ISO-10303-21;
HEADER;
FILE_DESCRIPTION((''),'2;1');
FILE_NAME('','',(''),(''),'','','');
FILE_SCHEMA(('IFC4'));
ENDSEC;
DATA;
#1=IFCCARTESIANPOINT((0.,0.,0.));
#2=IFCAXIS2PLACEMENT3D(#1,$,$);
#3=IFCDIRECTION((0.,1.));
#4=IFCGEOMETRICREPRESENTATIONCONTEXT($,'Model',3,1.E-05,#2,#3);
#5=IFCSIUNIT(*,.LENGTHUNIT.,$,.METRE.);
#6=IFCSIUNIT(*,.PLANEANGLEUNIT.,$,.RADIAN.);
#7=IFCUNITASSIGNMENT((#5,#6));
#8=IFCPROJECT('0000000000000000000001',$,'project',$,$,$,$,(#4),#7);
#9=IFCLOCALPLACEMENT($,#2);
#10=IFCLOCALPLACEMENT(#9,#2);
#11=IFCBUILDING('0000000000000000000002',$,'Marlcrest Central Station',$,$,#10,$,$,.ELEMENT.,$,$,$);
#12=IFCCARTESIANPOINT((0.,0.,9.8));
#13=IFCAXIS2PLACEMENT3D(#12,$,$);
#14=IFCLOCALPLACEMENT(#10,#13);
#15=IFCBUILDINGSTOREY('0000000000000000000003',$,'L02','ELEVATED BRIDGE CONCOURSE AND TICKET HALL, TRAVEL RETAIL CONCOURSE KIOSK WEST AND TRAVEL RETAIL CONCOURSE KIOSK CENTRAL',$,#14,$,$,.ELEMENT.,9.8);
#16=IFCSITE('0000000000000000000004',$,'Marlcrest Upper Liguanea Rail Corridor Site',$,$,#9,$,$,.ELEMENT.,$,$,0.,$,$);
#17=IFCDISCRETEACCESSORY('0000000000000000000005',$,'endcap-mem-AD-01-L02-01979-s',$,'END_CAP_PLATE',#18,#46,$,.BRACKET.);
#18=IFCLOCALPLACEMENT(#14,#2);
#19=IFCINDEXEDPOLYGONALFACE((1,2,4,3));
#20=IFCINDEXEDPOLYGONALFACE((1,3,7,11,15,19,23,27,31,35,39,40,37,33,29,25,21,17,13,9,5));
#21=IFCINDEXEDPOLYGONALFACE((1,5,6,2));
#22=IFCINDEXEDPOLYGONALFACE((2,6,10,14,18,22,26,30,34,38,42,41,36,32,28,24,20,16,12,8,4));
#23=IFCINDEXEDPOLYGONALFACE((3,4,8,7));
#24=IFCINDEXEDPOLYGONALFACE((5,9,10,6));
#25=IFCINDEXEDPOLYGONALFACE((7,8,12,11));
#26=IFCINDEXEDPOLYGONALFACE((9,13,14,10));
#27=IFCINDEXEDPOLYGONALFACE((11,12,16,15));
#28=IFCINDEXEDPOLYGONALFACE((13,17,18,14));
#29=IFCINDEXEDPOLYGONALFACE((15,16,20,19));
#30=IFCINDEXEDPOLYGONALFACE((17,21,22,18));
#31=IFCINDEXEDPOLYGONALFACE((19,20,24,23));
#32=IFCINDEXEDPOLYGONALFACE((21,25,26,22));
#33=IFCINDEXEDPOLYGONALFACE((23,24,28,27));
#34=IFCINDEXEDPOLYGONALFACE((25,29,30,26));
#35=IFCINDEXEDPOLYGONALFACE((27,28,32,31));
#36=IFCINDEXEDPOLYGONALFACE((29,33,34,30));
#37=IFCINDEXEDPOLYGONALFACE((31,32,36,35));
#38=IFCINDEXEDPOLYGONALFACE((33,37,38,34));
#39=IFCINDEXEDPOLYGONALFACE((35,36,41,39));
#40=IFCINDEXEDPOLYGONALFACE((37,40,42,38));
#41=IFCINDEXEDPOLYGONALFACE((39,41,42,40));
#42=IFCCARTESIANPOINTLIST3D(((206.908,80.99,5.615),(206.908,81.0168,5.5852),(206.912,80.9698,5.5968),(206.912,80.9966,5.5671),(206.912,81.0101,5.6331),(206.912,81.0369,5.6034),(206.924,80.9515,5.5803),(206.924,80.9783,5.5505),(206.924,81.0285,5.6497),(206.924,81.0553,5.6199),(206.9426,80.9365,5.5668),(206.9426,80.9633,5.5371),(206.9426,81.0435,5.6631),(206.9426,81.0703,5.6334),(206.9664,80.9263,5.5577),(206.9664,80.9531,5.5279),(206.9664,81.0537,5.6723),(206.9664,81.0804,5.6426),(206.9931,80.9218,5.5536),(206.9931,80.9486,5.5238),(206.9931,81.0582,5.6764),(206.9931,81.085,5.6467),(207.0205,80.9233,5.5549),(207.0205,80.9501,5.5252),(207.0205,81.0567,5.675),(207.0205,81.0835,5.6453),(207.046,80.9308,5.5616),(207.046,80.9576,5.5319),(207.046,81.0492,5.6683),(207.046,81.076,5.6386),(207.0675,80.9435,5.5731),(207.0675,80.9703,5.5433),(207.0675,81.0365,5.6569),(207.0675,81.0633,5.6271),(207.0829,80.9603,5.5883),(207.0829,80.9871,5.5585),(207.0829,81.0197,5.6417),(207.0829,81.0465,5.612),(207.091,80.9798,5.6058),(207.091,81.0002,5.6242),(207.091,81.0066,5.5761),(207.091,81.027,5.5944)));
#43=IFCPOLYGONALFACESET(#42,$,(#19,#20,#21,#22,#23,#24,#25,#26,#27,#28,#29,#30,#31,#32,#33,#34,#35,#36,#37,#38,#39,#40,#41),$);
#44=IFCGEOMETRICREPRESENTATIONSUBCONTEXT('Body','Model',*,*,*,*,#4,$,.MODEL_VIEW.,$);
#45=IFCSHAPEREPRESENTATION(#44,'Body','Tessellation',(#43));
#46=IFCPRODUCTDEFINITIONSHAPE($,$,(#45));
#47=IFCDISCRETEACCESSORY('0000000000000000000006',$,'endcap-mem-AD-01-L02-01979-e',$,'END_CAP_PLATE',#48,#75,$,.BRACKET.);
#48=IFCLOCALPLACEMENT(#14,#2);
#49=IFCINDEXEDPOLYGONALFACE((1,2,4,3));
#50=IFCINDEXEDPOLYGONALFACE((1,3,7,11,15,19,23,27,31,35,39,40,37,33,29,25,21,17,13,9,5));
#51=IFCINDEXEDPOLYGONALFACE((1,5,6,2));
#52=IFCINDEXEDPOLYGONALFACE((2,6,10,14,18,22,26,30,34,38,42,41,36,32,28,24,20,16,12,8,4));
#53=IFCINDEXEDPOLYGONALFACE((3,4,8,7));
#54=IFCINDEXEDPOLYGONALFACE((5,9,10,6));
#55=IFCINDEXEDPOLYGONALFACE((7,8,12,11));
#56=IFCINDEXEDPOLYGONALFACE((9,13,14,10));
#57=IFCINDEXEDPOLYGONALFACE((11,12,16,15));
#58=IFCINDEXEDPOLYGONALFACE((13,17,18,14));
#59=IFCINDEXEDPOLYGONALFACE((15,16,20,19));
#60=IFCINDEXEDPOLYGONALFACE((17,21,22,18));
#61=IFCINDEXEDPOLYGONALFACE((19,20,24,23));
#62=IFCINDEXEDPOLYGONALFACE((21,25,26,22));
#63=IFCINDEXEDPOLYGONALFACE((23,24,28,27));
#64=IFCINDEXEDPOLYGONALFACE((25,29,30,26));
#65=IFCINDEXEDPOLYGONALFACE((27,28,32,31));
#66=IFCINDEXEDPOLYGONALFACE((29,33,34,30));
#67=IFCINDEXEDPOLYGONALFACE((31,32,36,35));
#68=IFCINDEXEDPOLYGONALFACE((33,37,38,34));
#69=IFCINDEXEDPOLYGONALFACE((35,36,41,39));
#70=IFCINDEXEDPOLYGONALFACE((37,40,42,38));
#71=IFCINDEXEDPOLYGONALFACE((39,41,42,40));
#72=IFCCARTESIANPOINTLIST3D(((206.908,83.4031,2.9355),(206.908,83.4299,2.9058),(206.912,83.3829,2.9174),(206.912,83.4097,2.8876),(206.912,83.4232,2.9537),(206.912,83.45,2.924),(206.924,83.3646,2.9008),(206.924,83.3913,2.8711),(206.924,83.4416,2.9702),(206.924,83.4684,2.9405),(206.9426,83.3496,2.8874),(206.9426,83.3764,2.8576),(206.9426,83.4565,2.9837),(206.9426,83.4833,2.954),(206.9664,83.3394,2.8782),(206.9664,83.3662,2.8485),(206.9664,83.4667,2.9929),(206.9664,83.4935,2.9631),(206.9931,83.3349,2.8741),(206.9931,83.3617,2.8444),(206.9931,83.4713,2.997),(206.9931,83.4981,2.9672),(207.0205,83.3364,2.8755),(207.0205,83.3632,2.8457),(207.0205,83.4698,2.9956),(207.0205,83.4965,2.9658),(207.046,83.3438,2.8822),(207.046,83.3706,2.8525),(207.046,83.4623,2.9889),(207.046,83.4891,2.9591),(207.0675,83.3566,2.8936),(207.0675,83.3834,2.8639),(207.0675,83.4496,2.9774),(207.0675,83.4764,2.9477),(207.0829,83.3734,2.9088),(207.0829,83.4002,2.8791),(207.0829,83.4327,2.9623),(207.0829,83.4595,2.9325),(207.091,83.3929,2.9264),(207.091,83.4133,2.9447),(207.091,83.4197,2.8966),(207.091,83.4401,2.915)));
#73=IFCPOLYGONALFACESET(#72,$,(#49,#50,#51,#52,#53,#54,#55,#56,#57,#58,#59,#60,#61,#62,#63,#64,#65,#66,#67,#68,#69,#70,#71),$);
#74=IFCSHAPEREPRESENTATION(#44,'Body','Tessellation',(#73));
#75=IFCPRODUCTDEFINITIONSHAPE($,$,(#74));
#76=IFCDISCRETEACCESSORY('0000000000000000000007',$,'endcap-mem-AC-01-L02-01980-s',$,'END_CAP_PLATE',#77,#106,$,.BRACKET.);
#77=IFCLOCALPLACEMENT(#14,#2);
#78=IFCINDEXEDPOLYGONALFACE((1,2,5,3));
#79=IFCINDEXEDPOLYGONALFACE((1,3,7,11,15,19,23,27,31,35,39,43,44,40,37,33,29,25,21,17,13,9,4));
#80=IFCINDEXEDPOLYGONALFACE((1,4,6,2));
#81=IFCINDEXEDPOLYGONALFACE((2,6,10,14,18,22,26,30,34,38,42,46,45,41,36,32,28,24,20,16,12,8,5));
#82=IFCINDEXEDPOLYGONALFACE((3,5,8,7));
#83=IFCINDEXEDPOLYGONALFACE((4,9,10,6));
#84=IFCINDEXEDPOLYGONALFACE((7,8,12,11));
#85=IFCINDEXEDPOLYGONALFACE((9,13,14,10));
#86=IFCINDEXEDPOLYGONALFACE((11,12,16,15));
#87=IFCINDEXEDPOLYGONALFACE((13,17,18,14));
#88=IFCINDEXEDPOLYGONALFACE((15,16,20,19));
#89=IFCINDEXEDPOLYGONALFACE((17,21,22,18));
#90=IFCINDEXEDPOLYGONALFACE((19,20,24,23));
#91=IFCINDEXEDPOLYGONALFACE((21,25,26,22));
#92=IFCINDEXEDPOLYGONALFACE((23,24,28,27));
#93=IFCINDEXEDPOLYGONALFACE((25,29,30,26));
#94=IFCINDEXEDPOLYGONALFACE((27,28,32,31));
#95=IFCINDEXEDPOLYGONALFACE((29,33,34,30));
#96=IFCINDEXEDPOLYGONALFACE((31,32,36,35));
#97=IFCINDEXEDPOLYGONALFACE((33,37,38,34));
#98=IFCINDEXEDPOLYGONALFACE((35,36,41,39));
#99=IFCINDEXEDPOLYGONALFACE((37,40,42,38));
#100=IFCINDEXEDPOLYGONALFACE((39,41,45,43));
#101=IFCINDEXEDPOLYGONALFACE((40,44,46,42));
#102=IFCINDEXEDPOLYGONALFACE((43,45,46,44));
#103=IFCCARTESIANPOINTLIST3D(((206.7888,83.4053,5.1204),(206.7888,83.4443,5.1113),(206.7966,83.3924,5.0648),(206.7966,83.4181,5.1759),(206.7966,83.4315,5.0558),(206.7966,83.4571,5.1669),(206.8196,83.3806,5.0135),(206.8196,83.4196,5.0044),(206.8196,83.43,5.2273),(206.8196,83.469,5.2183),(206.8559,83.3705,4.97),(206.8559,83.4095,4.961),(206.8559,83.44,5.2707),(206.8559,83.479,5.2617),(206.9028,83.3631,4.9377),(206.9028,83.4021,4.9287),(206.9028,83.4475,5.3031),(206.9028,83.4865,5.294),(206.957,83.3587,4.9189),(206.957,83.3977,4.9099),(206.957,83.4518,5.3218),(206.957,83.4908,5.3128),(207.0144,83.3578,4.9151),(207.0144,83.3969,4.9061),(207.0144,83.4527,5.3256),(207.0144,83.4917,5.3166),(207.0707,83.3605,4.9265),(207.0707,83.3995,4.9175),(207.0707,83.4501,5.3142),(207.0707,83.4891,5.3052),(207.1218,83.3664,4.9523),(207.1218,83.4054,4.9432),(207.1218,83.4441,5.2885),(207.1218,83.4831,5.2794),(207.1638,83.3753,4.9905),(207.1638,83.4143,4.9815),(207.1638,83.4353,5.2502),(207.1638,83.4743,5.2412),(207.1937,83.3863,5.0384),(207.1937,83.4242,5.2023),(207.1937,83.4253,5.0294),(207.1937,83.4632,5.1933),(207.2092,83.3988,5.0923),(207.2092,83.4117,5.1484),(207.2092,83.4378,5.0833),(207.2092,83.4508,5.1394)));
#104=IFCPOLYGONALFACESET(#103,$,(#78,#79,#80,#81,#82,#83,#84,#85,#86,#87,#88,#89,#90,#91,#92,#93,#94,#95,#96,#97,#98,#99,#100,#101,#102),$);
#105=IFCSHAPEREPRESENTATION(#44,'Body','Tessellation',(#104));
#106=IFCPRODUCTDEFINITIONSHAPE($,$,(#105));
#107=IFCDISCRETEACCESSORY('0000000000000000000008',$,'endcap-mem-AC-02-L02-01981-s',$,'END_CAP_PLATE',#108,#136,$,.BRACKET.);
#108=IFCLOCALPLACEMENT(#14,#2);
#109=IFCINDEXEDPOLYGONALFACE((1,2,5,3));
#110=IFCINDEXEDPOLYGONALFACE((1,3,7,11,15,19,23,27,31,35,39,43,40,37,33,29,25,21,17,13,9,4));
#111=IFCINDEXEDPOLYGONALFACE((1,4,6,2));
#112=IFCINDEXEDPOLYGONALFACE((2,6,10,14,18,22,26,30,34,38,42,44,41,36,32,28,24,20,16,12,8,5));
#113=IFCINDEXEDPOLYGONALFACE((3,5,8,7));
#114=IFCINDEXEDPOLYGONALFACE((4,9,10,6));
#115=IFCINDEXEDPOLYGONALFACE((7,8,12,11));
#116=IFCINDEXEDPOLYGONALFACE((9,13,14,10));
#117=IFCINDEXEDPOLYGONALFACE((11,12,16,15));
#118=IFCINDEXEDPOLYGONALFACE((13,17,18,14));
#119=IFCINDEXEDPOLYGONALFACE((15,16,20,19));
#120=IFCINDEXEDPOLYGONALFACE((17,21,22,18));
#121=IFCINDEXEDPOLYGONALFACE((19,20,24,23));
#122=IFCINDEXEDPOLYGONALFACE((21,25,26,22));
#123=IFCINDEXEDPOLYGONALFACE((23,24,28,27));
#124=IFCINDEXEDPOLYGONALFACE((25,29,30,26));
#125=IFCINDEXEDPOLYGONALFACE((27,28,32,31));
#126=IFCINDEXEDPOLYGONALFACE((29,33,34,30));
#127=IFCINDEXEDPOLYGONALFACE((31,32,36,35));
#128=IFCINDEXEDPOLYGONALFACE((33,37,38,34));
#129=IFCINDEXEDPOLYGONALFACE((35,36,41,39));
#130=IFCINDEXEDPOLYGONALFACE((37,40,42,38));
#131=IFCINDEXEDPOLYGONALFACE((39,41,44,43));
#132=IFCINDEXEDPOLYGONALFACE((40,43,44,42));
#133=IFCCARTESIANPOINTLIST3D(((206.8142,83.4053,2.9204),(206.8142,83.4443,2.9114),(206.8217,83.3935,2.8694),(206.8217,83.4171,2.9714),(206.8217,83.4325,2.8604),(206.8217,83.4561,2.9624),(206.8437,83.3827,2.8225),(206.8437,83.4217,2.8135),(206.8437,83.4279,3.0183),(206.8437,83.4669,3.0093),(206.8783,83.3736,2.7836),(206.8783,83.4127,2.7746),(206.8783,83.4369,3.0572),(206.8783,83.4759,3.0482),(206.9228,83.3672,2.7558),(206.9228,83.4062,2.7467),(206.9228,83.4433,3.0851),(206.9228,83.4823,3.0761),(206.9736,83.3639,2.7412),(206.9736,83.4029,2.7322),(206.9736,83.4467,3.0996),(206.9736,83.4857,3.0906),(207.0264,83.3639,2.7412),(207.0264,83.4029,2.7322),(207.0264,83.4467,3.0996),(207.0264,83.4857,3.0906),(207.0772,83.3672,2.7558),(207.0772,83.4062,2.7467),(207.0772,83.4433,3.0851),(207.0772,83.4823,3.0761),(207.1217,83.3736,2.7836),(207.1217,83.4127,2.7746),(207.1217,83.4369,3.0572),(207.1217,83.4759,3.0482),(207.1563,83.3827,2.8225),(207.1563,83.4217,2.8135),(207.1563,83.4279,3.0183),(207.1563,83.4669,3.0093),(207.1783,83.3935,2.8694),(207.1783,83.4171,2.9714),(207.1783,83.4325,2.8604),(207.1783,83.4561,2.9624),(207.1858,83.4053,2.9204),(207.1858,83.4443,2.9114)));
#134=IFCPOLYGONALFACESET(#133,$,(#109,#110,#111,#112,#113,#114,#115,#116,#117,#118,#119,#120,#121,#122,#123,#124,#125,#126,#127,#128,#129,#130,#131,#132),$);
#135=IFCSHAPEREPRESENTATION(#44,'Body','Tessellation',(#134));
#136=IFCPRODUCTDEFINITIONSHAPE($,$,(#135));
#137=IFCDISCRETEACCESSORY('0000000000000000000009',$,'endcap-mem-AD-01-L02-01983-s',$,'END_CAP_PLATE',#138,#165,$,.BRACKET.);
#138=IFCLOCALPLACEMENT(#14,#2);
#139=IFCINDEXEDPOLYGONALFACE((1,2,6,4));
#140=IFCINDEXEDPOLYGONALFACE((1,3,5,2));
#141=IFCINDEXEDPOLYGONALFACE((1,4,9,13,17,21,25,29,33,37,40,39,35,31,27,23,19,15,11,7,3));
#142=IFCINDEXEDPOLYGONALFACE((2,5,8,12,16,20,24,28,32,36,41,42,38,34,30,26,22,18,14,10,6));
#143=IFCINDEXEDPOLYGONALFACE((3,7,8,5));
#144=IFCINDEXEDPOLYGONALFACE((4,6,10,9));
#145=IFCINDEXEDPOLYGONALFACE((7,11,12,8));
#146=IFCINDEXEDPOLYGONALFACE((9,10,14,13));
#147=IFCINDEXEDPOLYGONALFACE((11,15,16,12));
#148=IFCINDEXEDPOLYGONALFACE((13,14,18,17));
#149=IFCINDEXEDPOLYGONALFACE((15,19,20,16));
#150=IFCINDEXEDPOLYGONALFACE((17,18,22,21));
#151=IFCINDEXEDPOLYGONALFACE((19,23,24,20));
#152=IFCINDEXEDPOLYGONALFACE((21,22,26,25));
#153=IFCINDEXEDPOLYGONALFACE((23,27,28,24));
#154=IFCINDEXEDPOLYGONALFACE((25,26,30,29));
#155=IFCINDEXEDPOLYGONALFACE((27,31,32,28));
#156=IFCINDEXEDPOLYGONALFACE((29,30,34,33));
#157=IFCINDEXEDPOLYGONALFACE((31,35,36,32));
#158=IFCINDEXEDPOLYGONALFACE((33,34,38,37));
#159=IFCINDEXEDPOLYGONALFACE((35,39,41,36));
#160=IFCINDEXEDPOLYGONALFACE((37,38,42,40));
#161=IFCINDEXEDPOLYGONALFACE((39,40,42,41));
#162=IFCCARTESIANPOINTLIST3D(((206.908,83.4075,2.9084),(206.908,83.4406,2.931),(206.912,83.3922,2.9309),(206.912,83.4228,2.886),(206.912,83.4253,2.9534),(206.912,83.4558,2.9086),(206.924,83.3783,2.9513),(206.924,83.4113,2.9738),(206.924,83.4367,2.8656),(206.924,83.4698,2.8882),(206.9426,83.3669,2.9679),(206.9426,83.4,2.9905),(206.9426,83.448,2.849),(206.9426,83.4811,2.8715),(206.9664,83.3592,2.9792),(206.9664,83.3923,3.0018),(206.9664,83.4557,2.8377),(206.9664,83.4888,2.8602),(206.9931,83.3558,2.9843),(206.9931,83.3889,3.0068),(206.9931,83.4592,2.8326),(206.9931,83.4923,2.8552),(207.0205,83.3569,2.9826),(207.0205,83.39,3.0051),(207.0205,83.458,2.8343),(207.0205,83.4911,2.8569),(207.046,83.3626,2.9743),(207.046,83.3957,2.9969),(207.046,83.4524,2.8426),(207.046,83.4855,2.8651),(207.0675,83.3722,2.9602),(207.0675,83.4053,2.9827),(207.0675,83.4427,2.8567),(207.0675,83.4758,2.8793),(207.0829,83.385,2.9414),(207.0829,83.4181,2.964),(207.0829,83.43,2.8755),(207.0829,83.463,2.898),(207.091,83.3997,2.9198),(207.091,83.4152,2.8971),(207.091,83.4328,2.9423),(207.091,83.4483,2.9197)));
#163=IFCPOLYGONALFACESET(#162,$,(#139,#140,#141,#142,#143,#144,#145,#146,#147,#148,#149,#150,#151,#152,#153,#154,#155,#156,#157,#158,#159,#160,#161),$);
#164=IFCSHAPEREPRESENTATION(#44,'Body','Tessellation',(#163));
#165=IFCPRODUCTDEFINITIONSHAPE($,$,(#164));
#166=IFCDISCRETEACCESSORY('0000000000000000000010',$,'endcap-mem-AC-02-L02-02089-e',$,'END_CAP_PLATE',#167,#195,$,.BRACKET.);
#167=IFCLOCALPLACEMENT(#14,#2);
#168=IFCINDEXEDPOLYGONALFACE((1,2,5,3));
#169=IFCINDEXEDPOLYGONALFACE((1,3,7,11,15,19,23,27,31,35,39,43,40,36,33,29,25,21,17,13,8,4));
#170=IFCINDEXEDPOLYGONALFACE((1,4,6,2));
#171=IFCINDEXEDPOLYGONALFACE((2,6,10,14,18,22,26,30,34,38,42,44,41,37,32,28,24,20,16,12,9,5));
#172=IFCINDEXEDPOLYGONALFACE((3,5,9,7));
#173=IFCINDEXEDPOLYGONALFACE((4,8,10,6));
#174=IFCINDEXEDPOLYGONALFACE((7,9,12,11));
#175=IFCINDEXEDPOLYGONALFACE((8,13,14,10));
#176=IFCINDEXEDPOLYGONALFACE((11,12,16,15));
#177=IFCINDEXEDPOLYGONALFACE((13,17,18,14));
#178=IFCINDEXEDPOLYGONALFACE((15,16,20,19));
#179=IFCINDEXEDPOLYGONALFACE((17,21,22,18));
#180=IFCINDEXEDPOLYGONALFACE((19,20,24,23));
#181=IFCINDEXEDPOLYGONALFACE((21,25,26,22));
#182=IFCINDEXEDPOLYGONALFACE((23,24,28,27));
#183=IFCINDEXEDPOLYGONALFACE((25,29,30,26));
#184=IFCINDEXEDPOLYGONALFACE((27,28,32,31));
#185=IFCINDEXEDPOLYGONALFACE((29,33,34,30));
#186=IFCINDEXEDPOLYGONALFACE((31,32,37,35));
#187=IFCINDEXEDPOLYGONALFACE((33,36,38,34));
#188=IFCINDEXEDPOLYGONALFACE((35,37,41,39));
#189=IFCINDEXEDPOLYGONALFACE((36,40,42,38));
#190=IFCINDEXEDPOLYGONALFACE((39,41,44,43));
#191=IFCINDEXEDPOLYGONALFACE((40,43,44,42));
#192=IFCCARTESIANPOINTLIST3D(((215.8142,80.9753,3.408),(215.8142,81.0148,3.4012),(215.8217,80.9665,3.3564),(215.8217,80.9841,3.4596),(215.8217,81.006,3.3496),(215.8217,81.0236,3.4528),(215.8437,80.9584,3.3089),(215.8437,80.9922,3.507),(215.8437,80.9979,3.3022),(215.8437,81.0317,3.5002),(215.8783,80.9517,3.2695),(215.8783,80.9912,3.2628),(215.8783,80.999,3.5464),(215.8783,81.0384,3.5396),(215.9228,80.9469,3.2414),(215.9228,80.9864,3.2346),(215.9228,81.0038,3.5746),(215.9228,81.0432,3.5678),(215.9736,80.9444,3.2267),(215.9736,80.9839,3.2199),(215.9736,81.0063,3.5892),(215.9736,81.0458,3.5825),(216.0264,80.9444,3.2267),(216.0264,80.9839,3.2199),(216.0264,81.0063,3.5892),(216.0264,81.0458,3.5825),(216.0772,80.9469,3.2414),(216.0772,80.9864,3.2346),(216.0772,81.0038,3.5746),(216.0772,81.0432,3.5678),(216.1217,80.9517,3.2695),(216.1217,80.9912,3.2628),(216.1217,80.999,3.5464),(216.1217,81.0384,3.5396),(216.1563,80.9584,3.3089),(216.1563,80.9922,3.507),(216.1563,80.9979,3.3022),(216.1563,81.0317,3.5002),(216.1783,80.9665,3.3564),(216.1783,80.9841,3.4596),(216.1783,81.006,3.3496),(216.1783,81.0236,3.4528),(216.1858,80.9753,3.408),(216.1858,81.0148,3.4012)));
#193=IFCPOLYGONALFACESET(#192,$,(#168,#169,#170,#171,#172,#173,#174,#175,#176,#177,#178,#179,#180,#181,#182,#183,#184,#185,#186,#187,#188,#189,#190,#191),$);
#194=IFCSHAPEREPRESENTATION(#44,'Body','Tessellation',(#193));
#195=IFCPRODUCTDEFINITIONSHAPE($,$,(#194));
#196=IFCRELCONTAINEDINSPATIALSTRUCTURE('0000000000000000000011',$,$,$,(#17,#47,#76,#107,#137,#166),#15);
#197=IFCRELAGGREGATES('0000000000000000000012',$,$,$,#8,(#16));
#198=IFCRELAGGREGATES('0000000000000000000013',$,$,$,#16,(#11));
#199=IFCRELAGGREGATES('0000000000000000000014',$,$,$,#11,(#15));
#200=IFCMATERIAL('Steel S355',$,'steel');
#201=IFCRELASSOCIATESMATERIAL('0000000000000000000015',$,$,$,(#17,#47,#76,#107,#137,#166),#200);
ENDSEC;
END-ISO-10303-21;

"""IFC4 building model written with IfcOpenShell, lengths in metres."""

from ifc_helpers import new_model, si_unit, direction, frame, origin, origin_2d, place, context, subcontext, project, spatial, circle, extrude, material, element, save


model = new_model("IFC4")

# Units and contexts
model_context = context("Model", 3, precision=1e-05, world=origin(), true_north=direction((0.0, 1.0)))
body_context = subcontext(model_context, "Body", "Model", "MODEL_VIEW")
ifc_project = project(units=[si_unit("LENGTHUNIT", "METRE"), si_unit("PLANEANGLEUNIT", "RADIAN")], contexts=[model_context])

# Site, building, storey
site_placement = place(None, origin())
site = spatial("IfcSite", under=ifc_project, at=site_placement, Name="Marlcrest Upper Liguanea Rail Corridor Site", CompositionType="ELEMENT", RefElevation=0.0)
building_placement = place(site_placement, origin())
building = spatial("IfcBuilding", under=site, at=building_placement, Name="Marlcrest Central Station", CompositionType="ELEMENT")
storey_placement = place(building_placement, frame((0.0, 0.0, 9.8)))
storey = spatial("IfcBuildingStorey", under=building, at=storey_placement, Name="L02", Description="ELEVATED BRIDGE CONCOURSE AND TICKET HALL, TRAVEL RETAIL CONCOURSE KIOSK WEST AND TRAVEL RETAIL CONCOURSE KIOSK CENTRAL", CompositionType="ELEMENT", Elevation=9.8)

# Shared definitions
ifc_material_1 = material(Name="Steel S355", Category="steel")

# Discrete accessories
for number, where, z_axis, x_axis, name in (
    (1, (207.0, 80.99, 5.615), (0.0, 0.669244, -0.743042), (-1.0, 0.0, 0.0), "endcap-mem-AD-01-L02-01979-s"),
    (2, (207.0, 83.4031, 2.9355), (0.0, 0.669244, -0.743042), (-1.0, 0.0, 0.0), "endcap-mem-AD-01-L02-01979-e"),
):
    element("IfcDiscreteAccessory", number, at=place(storey_placement, frame(where, z_axis=z_axis, x_axis=x_axis)), inside=storey, material=ifc_material_1, Name=name, ObjectType="END_CAP_PLATE", PredefinedType="BRACKET", context=body_context, shape_type="SweptSolid", body=[
        extrude(circle(Radius=0.092, at=origin_2d()), origin(), (0.0, 0.0, 1.0), 0.04),
    ])
discrete_accessory_1_placement = place(storey_placement, frame((207.0, 83.4053, 5.1204), z_axis=(0.0, 0.97433, -0.225126), x_axis=(-1.0, 0.0, 0.0)))
element("IfcDiscreteAccessory", 3, at=discrete_accessory_1_placement, inside=storey, material=ifc_material_1, Name="endcap-mem-AC-01-L02-01980-s", ObjectType="END_CAP_PLATE", PredefinedType="BRACKET", context=body_context, shape_type="SweptSolid", body=[
    extrude(circle(Radius=0.2112, at=origin_2d()), origin(), (0.0, 0.0, 1.0), 0.04),
])
discrete_accessory_2_placement = place(storey_placement, frame((207.0, 83.4053, 2.9204), z_axis=(0.0, 0.974308, -0.22522), x_axis=(-1.0, 0.0, 0.0)))
element("IfcDiscreteAccessory", 4, at=discrete_accessory_2_placement, inside=storey, material=ifc_material_1, Name="endcap-mem-AC-02-L02-01981-s", ObjectType="END_CAP_PLATE", PredefinedType="BRACKET", context=body_context, shape_type="SweptSolid", body=[
    extrude(circle(Radius=0.1858, at=origin_2d()), origin(), (0.0, 0.0, 1.0), 0.04),
])
discrete_accessory_3_placement = place(storey_placement, frame((207.0, 83.4075, 2.9084), z_axis=(0.0, 0.826263, 0.563285), x_axis=(-1.0, 0.0, 0.0)))
element("IfcDiscreteAccessory", 5, at=discrete_accessory_3_placement, inside=storey, material=ifc_material_1, Name="endcap-mem-AD-01-L02-01983-s", ObjectType="END_CAP_PLATE", PredefinedType="BRACKET", context=body_context, shape_type="SweptSolid", body=[
    extrude(circle(Radius=0.092, at=origin_2d()), origin(), (0.0, 0.0, 1.0), 0.04),
])
discrete_accessory_4_placement = place(storey_placement, frame((216.0, 80.9753, 3.408), z_axis=(0.0, 0.985741, -0.168269), x_axis=(-1.0, 0.0, 0.0)))
element("IfcDiscreteAccessory", 6, at=discrete_accessory_4_placement, inside=storey, material=ifc_material_1, Name="endcap-mem-AC-02-L02-02089-e", ObjectType="END_CAP_PLATE", PredefinedType="BRACKET", context=body_context, shape_type="SweptSolid", body=[
    extrude(circle(Radius=0.1858, at=origin_2d()), origin(), (0.0, 0.0, 1.0), 0.04),
])

save(model, "model.ifc")
